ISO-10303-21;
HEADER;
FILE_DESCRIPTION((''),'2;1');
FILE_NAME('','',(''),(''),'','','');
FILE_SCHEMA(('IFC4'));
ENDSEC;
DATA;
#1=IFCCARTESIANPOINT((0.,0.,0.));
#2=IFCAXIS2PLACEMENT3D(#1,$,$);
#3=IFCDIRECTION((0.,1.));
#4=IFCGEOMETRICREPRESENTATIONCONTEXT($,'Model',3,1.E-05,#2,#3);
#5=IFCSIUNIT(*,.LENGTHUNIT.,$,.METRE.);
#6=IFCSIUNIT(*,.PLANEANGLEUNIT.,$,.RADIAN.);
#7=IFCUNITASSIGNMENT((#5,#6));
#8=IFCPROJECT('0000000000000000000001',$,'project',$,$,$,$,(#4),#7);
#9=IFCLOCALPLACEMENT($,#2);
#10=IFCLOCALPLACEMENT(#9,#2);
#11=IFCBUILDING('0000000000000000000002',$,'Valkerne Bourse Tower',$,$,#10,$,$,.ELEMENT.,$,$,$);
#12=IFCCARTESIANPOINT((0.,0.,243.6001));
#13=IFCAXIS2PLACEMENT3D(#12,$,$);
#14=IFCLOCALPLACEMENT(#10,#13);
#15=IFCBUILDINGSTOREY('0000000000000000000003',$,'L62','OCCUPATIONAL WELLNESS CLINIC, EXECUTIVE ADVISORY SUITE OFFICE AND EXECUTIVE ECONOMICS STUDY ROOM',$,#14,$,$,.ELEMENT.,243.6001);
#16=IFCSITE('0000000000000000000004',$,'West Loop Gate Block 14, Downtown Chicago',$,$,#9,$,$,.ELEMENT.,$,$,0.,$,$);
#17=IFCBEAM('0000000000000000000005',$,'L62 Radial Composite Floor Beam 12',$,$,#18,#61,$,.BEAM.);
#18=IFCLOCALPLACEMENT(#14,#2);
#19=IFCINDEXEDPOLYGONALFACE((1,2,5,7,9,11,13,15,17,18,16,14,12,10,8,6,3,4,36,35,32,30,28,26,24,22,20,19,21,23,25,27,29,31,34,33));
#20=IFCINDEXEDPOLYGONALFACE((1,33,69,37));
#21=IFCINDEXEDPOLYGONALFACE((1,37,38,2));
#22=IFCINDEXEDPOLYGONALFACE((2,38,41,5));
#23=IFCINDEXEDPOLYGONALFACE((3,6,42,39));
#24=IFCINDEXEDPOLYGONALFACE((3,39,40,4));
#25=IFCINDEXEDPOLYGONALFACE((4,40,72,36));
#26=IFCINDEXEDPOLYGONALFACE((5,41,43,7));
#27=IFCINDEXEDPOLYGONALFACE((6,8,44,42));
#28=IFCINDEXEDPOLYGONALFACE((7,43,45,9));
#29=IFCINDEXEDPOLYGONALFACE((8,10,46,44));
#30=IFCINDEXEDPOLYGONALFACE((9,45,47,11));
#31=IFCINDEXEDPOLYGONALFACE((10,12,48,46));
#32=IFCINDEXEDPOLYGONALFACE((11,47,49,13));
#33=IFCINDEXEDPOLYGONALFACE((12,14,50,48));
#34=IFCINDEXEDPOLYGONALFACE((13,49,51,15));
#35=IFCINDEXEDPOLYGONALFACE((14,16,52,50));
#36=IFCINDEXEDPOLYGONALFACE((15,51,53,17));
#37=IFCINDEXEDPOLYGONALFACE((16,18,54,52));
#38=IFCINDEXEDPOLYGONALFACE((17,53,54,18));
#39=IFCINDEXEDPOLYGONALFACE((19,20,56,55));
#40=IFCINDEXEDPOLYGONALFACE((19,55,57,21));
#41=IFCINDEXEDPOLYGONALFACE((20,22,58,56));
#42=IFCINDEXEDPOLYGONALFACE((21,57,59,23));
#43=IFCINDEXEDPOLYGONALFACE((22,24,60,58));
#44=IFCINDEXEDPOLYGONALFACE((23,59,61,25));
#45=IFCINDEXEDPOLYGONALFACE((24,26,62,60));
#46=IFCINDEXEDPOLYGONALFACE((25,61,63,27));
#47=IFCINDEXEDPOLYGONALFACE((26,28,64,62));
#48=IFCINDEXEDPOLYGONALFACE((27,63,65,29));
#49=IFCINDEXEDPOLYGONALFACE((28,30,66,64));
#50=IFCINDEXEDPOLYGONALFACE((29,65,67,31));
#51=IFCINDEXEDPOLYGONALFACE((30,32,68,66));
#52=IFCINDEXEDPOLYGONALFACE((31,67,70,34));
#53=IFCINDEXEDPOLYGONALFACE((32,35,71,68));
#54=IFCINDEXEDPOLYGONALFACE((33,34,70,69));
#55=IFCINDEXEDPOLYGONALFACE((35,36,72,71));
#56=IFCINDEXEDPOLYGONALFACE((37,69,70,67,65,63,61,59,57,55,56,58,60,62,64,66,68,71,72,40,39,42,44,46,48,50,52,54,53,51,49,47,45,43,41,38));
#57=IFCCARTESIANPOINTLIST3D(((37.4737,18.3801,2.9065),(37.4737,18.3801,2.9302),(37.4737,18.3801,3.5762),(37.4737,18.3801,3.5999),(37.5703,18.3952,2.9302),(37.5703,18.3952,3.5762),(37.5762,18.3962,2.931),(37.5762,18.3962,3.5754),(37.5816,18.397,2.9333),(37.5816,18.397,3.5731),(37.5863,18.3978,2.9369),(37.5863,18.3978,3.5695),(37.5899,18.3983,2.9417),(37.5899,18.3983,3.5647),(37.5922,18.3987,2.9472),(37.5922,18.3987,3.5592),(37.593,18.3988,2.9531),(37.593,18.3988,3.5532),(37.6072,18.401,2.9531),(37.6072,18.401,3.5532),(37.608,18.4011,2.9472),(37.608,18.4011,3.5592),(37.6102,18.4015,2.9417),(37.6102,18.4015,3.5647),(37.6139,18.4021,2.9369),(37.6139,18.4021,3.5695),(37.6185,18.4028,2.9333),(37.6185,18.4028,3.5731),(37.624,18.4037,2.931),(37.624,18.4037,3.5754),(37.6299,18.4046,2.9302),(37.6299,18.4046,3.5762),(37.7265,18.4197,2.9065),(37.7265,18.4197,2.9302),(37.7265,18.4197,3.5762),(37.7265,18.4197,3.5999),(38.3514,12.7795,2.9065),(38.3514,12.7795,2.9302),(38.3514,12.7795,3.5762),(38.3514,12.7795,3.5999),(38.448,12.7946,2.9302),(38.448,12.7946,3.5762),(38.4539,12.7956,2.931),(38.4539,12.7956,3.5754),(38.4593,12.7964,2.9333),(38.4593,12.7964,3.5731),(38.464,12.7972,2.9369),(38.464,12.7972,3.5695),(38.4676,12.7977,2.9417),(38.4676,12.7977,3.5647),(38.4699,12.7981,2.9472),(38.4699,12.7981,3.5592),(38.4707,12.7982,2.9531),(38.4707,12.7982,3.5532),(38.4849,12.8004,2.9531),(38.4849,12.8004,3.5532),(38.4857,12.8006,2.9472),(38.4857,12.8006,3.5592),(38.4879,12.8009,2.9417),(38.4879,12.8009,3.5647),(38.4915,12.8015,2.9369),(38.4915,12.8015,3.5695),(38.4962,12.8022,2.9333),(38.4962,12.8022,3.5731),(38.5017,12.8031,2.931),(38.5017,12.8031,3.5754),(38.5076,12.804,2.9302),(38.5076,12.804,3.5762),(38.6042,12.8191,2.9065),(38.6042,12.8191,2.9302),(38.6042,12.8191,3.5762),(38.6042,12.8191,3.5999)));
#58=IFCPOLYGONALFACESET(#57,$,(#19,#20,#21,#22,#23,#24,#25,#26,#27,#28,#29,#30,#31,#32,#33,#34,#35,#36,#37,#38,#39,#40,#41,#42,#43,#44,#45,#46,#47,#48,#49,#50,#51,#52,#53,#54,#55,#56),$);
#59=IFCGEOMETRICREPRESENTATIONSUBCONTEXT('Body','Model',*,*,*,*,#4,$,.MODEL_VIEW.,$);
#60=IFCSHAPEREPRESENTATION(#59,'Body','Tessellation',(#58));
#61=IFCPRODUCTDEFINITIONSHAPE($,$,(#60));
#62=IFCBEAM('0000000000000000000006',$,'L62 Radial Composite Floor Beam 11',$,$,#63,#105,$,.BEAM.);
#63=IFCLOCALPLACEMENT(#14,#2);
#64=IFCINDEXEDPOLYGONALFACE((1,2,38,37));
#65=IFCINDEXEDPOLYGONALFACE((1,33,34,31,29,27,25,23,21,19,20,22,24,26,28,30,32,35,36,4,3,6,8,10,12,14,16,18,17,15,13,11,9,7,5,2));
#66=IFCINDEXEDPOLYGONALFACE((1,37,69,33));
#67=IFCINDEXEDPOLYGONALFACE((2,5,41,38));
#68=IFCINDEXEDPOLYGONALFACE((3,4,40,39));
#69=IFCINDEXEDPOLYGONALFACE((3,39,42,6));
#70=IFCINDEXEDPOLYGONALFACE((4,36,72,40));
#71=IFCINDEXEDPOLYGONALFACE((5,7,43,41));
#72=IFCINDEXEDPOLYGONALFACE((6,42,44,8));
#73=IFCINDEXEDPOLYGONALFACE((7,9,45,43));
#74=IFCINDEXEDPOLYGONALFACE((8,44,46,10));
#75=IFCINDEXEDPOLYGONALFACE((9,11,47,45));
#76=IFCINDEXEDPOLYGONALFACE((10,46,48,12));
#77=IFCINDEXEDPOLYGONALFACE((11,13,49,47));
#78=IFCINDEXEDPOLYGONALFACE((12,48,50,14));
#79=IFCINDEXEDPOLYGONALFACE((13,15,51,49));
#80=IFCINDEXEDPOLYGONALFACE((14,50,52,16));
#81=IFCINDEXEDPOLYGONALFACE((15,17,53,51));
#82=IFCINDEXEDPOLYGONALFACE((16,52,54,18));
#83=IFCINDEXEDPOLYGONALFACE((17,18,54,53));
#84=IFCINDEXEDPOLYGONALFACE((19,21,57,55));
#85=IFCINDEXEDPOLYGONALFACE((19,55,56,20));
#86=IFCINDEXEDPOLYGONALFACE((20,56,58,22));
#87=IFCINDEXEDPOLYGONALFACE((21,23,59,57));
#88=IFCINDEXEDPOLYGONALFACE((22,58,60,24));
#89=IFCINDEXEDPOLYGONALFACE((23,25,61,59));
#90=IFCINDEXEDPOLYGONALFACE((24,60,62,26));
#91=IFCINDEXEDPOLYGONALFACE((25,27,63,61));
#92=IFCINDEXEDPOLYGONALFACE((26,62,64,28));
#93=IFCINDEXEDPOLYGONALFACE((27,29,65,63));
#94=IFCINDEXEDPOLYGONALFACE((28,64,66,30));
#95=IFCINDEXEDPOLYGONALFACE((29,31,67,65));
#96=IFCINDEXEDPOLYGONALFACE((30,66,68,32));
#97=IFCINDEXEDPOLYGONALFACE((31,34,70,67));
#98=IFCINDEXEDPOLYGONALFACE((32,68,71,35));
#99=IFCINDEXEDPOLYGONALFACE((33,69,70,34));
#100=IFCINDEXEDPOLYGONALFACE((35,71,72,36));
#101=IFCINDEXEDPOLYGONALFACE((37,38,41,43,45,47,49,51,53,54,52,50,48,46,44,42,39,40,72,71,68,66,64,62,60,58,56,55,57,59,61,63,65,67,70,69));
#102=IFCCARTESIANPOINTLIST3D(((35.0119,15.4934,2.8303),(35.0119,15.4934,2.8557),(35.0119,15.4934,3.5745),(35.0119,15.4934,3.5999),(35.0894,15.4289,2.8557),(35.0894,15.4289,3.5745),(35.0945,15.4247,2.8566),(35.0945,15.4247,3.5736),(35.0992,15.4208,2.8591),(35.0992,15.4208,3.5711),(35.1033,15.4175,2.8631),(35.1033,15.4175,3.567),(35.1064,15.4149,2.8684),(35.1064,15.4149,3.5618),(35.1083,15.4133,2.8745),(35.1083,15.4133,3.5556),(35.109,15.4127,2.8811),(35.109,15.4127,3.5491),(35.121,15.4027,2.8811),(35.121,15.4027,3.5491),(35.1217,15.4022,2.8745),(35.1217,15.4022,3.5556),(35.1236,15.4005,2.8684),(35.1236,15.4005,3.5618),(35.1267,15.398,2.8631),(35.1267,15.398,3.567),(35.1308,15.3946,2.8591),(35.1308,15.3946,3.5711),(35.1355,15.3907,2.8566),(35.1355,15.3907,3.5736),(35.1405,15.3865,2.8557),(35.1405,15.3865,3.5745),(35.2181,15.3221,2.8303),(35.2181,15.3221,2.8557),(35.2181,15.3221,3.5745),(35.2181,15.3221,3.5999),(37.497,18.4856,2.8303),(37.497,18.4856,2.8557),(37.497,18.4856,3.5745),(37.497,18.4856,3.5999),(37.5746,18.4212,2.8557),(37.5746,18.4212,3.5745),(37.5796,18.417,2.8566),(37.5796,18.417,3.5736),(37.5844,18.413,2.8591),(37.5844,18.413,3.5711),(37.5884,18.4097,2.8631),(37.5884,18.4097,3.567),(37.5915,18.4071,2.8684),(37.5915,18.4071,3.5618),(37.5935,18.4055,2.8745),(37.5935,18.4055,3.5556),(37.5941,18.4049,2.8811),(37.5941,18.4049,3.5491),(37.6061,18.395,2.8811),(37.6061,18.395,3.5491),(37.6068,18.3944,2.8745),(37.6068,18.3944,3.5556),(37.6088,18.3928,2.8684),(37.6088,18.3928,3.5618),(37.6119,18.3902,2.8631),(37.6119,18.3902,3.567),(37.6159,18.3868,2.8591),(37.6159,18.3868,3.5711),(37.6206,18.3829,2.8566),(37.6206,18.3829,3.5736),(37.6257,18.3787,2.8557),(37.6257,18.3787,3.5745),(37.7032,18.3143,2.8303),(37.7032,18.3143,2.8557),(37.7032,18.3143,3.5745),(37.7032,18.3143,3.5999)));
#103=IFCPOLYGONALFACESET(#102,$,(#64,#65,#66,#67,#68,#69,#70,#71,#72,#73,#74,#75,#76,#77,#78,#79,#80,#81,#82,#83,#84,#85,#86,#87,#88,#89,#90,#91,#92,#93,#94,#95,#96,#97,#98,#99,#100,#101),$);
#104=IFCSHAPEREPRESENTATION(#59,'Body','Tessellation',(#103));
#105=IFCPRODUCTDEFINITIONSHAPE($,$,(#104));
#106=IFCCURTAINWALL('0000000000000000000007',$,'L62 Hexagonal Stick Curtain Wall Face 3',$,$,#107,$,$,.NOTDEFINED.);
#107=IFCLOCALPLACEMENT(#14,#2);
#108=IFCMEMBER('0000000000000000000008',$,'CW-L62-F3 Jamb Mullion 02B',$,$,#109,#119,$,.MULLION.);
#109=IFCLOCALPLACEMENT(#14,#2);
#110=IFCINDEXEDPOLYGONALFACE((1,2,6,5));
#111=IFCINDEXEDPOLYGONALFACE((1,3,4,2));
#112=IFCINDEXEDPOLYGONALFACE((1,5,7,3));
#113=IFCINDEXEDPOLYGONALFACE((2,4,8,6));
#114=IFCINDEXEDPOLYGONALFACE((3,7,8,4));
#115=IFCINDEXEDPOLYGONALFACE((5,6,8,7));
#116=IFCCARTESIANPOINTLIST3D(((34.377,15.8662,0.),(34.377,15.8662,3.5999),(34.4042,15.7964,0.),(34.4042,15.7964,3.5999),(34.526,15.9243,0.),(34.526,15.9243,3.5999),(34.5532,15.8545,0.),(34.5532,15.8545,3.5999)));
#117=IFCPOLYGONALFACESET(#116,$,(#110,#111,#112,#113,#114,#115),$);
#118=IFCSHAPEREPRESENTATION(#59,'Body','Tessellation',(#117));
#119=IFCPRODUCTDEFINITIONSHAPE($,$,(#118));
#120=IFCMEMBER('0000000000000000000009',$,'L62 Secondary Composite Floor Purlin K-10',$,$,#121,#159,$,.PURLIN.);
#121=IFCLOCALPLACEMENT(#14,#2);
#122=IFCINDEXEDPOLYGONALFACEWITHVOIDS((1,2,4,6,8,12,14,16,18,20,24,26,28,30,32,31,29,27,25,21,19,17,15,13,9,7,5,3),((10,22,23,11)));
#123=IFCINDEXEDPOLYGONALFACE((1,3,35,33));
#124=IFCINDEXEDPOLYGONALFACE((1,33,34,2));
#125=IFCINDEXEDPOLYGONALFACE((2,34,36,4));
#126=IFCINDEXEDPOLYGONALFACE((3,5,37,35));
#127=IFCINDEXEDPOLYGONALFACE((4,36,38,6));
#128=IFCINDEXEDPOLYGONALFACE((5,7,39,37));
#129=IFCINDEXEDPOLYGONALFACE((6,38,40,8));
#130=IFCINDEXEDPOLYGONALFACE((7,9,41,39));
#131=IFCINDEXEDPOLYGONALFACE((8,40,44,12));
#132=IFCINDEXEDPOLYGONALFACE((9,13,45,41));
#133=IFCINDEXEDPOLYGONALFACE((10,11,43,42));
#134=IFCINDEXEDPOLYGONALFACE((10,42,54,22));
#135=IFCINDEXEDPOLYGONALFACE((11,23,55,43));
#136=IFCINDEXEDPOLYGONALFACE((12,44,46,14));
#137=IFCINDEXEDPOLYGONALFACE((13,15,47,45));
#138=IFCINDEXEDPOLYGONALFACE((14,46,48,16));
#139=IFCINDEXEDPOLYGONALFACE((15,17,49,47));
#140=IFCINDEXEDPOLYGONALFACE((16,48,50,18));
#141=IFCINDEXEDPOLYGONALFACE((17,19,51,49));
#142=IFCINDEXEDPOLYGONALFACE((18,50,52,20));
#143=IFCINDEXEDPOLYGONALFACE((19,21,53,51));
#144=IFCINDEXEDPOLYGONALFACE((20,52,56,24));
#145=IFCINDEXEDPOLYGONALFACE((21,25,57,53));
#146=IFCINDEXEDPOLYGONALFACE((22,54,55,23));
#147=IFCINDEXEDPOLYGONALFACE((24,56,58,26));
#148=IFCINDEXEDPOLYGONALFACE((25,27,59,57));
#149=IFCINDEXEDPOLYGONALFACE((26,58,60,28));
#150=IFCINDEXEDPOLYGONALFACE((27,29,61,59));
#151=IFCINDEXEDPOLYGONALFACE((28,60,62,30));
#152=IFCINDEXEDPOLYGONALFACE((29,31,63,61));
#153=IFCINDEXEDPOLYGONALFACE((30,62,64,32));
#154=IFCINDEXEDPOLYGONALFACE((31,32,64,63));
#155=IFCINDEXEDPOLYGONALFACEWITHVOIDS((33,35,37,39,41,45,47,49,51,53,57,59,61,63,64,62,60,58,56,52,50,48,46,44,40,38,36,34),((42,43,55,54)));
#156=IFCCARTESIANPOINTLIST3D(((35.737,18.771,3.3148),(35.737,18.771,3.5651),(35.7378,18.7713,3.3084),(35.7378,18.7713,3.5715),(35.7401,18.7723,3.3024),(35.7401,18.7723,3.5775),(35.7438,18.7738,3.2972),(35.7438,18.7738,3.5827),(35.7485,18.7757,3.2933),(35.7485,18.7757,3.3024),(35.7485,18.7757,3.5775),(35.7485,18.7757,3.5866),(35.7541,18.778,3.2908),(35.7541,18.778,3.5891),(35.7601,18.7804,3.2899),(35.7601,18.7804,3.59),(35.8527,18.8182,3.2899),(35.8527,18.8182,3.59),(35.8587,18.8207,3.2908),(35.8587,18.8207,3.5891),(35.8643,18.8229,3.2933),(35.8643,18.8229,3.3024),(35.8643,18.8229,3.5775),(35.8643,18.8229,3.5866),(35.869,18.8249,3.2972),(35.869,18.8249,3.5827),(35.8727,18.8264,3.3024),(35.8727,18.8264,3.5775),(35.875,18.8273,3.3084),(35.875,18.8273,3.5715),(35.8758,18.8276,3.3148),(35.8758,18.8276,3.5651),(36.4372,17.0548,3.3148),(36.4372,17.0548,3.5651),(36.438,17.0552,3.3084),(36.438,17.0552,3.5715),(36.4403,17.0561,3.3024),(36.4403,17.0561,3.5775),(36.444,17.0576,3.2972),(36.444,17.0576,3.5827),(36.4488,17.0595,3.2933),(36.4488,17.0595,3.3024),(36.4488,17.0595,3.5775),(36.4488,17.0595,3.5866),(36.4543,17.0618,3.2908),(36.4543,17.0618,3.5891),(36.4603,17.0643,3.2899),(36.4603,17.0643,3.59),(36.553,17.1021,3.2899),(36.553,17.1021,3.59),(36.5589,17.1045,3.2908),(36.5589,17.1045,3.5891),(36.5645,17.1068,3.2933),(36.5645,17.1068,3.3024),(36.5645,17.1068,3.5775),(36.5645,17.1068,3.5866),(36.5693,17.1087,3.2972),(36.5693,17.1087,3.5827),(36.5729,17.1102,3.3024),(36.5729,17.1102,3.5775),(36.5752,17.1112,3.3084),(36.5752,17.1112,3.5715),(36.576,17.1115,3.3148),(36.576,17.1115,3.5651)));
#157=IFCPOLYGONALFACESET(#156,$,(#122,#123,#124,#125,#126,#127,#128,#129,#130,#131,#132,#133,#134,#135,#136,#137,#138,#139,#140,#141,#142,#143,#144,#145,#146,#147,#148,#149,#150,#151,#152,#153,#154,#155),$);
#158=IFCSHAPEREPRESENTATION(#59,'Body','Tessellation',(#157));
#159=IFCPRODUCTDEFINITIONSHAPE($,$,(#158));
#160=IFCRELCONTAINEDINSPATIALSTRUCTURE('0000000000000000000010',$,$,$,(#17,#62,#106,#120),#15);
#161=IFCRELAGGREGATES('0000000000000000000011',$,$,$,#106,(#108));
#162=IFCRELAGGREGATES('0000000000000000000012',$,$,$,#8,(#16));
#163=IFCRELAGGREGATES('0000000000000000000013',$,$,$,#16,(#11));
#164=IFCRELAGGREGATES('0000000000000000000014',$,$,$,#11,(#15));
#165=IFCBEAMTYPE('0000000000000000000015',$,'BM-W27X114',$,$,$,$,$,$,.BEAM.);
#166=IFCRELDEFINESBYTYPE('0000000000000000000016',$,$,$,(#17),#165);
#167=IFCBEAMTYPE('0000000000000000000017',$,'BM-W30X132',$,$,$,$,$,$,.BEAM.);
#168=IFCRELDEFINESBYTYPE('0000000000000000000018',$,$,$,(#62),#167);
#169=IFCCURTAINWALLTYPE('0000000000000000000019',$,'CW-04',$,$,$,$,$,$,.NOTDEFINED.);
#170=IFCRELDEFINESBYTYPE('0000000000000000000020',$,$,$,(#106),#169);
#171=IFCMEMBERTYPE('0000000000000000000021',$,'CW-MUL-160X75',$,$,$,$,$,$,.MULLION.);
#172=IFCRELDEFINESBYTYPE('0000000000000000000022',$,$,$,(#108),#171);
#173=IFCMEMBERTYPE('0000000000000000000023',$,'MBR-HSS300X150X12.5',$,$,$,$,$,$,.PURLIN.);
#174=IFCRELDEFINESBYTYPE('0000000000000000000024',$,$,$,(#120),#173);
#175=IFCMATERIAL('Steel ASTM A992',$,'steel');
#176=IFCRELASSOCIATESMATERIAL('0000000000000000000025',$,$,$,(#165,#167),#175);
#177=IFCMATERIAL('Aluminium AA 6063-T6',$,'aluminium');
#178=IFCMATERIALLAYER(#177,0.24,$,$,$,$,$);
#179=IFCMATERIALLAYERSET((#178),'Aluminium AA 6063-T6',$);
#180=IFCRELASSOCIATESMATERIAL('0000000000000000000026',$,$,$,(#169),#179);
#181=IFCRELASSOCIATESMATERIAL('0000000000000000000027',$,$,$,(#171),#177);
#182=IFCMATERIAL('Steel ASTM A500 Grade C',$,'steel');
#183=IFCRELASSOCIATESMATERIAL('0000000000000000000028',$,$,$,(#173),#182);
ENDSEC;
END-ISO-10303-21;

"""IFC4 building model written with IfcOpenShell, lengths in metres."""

from ifc_helpers import new_model, si_unit, direction, frame, origin, origin_2d, place, context, subcontext, project, spatial, rectangle, hollow_rectangle, i_section, extrude, material, layer, layer_set, material_profile, profile_set, type_object, element, aggregate, save


model = new_model("IFC4")

# Units and contexts
model_context = context("Model", 3, precision=1e-05, world=origin(), true_north=direction((0.0, 1.0)))
body_context = subcontext(model_context, "Body", "Model", "MODEL_VIEW")
ifc_project = project(units=[si_unit("LENGTHUNIT", "METRE"), si_unit("PLANEANGLEUNIT", "RADIAN")], contexts=[model_context])

# Site, building, storey
site_placement = place(None, origin())
site = spatial("IfcSite", under=ifc_project, at=site_placement, Name="West Loop Gate Block 14, Downtown Chicago", CompositionType="ELEMENT", RefElevation=0.0)
building_placement = place(site_placement, origin())
building = spatial("IfcBuilding", under=site, at=building_placement, Name="Valkerne Bourse Tower", CompositionType="ELEMENT")
storey_placement = place(building_placement, frame((0.0, 0.0, 243.6001)))
storey = spatial("IfcBuildingStorey", under=building, at=storey_placement, Name="L62", Description="OCCUPATIONAL WELLNESS CLINIC, EXECUTIVE ADVISORY SUITE OFFICE AND EXECUTIVE ECONOMICS STUDY ROOM", CompositionType="ELEMENT", Elevation=243.6001)

# Beams
ifc_material_1 = material(Name="Steel ASTM A992", Category="steel")
ifc_material_profile_1 = material_profile(ifc_material_1, i_section(OverallWidth=0.2559, OverallDepth=0.6934, WebThickness=0.0144, FlangeThickness=0.0237, FilletRadius=0.0229, at=origin_2d()), Name="W27X114")
ifc_profile_set_1 = profile_set([ifc_material_profile_1], Name="Steel ASTM A992")
beam_type_1 = type_object("IfcBeamType", Name="BM-W27X114", PredefinedType="BEAM", material=ifc_profile_set_1)
beam_1_placement = place(storey_placement, frame((38.4778, 12.7993, 3.2532), z_axis=(-0.154824, 0.987942, 0.0), x_axis=(-0.987942, -0.154824, 0.0)))
element("IfcBeam", 1, at=beam_1_placement, inside=storey, type_object=beam_type_1, Name="L62 Radial Composite Floor Beam 12", PredefinedType="BEAM", context=body_context, shape_type="SweptSolid", body=[
    extrude(i_section(OverallWidth=0.2559, OverallDepth=0.6934, WebThickness=0.0144, FlangeThickness=0.0237, FilletRadius=0.0229, at=origin_2d()), origin(), (0.0, 0.0, 1.0), 5.6689),
])
ifc_material_profile_2 = material_profile(ifc_material_1, i_section(OverallWidth=0.2681, OverallDepth=0.7695, WebThickness=0.0156, FlangeThickness=0.0254, FilletRadius=0.0254, at=origin_2d()), Name="W30X132")
ifc_profile_set_2 = profile_set([ifc_material_profile_2], Name="Steel ASTM A992")
beam_type_2 = type_object("IfcBeamType", Name="BM-W30X132", PredefinedType="BEAM", material=ifc_profile_set_2)
beam_2_placement = place(storey_placement, frame((35.115, 15.4077, 3.2151), z_axis=(0.638912, 0.76928, 0.0), x_axis=(-0.76928, 0.638912, 0.0)))
element("IfcBeam", 2, at=beam_2_placement, inside=storey, type_object=beam_type_2, Name="L62 Radial Composite Floor Beam 11", PredefinedType="BEAM", context=body_context, shape_type="SweptSolid", body=[
    extrude(i_section(OverallWidth=0.2681, OverallDepth=0.7695, WebThickness=0.0156, FlangeThickness=0.0254, FilletRadius=0.0254, at=origin_2d()), origin(), (0.0, 0.0, 1.0), 3.8896),
])

# Curtain wall, member
ifc_material_2 = material(Name="Aluminium AA 6063-T6", Category="aluminium")
ifc_layer_1 = layer(ifc_material_2, 0.24)
ifc_layer_set_1 = layer_set([ifc_layer_1], Name="Aluminium AA 6063-T6")
curtain_wall_type = type_object("IfcCurtainWallType", Name="CW-04", PredefinedType="NOTDEFINED", material=ifc_layer_set_1)
curtain_wall_placement = place(storey_placement, origin())
curtain_wall = element("IfcCurtainWall", 3, at=curtain_wall_placement, inside=storey, type_object=curtain_wall_type, Name="L62 Hexagonal Stick Curtain Wall Face 3", PredefinedType="NOTDEFINED")
ifc_material_profile_3 = material_profile(ifc_material_2, rectangle(XDim=0.075, YDim=0.1599, at=origin_2d()), Name="CWM-75X160")
ifc_profile_set_3 = profile_set([ifc_material_profile_3], Name="Aluminium AA 6063-T6")
member_type_1 = type_object("IfcMemberType", Name="CW-MUL-160X75", PredefinedType="MULLION", material=ifc_profile_set_3)
member_1_placement = place(storey_placement, frame((34.4651, 15.8604, 0.0), z_axis=(0.0, 0.0, 1.0), x_axis=(0.363247, -0.931693, 0.0)))
member_1 = element("IfcMember", 4, at=member_1_placement, type_object=member_type_1, Name="CW-L62-F3 Jamb Mullion 02B", PredefinedType="MULLION", context=body_context, shape_type="SweptSolid", body=[
    extrude(rectangle(XDim=0.075, YDim=0.1599, at=origin_2d()), origin(), (0.0, 0.0, 1.0), 3.5999),
])
aggregate(curtain_wall, [member_1])

# Member
ifc_material_3 = material(Name="Steel ASTM A500 Grade C", Category="steel")
ifc_material_profile_4 = material_profile(ifc_material_3, hollow_rectangle(XDim=0.1499, YDim=0.3, WallThickness=0.0125, OuterFilletRadius=0.0249, at=origin_2d()), Name="HSS300X150X12.5")
ifc_profile_set_4 = profile_set([ifc_material_profile_4], Name="Steel ASTM A500 Grade C")
member_type_2 = type_object("IfcMemberType", Name="MBR-HSS300X150X12.5", PredefinedType="PURLIN", material=ifc_profile_set_4)
member_2_placement = place(storey_placement, frame((35.8064, 18.7993, 3.4399), z_axis=(0.377786, -0.925893, 0.0), x_axis=(0.925893, 0.377786, 0.0)))
element("IfcMember", 5, at=member_2_placement, inside=storey, type_object=member_type_2, Name="L62 Secondary Composite Floor Purlin K-10", PredefinedType="PURLIN", context=body_context, shape_type="SweptSolid", body=[
    extrude(hollow_rectangle(XDim=0.1499, YDim=0.3, WallThickness=0.0125, OuterFilletRadius=0.0249, at=origin_2d()), origin(), (0.0, 0.0, 1.0), 1.8535),
])

save(model, "model.ifc")
